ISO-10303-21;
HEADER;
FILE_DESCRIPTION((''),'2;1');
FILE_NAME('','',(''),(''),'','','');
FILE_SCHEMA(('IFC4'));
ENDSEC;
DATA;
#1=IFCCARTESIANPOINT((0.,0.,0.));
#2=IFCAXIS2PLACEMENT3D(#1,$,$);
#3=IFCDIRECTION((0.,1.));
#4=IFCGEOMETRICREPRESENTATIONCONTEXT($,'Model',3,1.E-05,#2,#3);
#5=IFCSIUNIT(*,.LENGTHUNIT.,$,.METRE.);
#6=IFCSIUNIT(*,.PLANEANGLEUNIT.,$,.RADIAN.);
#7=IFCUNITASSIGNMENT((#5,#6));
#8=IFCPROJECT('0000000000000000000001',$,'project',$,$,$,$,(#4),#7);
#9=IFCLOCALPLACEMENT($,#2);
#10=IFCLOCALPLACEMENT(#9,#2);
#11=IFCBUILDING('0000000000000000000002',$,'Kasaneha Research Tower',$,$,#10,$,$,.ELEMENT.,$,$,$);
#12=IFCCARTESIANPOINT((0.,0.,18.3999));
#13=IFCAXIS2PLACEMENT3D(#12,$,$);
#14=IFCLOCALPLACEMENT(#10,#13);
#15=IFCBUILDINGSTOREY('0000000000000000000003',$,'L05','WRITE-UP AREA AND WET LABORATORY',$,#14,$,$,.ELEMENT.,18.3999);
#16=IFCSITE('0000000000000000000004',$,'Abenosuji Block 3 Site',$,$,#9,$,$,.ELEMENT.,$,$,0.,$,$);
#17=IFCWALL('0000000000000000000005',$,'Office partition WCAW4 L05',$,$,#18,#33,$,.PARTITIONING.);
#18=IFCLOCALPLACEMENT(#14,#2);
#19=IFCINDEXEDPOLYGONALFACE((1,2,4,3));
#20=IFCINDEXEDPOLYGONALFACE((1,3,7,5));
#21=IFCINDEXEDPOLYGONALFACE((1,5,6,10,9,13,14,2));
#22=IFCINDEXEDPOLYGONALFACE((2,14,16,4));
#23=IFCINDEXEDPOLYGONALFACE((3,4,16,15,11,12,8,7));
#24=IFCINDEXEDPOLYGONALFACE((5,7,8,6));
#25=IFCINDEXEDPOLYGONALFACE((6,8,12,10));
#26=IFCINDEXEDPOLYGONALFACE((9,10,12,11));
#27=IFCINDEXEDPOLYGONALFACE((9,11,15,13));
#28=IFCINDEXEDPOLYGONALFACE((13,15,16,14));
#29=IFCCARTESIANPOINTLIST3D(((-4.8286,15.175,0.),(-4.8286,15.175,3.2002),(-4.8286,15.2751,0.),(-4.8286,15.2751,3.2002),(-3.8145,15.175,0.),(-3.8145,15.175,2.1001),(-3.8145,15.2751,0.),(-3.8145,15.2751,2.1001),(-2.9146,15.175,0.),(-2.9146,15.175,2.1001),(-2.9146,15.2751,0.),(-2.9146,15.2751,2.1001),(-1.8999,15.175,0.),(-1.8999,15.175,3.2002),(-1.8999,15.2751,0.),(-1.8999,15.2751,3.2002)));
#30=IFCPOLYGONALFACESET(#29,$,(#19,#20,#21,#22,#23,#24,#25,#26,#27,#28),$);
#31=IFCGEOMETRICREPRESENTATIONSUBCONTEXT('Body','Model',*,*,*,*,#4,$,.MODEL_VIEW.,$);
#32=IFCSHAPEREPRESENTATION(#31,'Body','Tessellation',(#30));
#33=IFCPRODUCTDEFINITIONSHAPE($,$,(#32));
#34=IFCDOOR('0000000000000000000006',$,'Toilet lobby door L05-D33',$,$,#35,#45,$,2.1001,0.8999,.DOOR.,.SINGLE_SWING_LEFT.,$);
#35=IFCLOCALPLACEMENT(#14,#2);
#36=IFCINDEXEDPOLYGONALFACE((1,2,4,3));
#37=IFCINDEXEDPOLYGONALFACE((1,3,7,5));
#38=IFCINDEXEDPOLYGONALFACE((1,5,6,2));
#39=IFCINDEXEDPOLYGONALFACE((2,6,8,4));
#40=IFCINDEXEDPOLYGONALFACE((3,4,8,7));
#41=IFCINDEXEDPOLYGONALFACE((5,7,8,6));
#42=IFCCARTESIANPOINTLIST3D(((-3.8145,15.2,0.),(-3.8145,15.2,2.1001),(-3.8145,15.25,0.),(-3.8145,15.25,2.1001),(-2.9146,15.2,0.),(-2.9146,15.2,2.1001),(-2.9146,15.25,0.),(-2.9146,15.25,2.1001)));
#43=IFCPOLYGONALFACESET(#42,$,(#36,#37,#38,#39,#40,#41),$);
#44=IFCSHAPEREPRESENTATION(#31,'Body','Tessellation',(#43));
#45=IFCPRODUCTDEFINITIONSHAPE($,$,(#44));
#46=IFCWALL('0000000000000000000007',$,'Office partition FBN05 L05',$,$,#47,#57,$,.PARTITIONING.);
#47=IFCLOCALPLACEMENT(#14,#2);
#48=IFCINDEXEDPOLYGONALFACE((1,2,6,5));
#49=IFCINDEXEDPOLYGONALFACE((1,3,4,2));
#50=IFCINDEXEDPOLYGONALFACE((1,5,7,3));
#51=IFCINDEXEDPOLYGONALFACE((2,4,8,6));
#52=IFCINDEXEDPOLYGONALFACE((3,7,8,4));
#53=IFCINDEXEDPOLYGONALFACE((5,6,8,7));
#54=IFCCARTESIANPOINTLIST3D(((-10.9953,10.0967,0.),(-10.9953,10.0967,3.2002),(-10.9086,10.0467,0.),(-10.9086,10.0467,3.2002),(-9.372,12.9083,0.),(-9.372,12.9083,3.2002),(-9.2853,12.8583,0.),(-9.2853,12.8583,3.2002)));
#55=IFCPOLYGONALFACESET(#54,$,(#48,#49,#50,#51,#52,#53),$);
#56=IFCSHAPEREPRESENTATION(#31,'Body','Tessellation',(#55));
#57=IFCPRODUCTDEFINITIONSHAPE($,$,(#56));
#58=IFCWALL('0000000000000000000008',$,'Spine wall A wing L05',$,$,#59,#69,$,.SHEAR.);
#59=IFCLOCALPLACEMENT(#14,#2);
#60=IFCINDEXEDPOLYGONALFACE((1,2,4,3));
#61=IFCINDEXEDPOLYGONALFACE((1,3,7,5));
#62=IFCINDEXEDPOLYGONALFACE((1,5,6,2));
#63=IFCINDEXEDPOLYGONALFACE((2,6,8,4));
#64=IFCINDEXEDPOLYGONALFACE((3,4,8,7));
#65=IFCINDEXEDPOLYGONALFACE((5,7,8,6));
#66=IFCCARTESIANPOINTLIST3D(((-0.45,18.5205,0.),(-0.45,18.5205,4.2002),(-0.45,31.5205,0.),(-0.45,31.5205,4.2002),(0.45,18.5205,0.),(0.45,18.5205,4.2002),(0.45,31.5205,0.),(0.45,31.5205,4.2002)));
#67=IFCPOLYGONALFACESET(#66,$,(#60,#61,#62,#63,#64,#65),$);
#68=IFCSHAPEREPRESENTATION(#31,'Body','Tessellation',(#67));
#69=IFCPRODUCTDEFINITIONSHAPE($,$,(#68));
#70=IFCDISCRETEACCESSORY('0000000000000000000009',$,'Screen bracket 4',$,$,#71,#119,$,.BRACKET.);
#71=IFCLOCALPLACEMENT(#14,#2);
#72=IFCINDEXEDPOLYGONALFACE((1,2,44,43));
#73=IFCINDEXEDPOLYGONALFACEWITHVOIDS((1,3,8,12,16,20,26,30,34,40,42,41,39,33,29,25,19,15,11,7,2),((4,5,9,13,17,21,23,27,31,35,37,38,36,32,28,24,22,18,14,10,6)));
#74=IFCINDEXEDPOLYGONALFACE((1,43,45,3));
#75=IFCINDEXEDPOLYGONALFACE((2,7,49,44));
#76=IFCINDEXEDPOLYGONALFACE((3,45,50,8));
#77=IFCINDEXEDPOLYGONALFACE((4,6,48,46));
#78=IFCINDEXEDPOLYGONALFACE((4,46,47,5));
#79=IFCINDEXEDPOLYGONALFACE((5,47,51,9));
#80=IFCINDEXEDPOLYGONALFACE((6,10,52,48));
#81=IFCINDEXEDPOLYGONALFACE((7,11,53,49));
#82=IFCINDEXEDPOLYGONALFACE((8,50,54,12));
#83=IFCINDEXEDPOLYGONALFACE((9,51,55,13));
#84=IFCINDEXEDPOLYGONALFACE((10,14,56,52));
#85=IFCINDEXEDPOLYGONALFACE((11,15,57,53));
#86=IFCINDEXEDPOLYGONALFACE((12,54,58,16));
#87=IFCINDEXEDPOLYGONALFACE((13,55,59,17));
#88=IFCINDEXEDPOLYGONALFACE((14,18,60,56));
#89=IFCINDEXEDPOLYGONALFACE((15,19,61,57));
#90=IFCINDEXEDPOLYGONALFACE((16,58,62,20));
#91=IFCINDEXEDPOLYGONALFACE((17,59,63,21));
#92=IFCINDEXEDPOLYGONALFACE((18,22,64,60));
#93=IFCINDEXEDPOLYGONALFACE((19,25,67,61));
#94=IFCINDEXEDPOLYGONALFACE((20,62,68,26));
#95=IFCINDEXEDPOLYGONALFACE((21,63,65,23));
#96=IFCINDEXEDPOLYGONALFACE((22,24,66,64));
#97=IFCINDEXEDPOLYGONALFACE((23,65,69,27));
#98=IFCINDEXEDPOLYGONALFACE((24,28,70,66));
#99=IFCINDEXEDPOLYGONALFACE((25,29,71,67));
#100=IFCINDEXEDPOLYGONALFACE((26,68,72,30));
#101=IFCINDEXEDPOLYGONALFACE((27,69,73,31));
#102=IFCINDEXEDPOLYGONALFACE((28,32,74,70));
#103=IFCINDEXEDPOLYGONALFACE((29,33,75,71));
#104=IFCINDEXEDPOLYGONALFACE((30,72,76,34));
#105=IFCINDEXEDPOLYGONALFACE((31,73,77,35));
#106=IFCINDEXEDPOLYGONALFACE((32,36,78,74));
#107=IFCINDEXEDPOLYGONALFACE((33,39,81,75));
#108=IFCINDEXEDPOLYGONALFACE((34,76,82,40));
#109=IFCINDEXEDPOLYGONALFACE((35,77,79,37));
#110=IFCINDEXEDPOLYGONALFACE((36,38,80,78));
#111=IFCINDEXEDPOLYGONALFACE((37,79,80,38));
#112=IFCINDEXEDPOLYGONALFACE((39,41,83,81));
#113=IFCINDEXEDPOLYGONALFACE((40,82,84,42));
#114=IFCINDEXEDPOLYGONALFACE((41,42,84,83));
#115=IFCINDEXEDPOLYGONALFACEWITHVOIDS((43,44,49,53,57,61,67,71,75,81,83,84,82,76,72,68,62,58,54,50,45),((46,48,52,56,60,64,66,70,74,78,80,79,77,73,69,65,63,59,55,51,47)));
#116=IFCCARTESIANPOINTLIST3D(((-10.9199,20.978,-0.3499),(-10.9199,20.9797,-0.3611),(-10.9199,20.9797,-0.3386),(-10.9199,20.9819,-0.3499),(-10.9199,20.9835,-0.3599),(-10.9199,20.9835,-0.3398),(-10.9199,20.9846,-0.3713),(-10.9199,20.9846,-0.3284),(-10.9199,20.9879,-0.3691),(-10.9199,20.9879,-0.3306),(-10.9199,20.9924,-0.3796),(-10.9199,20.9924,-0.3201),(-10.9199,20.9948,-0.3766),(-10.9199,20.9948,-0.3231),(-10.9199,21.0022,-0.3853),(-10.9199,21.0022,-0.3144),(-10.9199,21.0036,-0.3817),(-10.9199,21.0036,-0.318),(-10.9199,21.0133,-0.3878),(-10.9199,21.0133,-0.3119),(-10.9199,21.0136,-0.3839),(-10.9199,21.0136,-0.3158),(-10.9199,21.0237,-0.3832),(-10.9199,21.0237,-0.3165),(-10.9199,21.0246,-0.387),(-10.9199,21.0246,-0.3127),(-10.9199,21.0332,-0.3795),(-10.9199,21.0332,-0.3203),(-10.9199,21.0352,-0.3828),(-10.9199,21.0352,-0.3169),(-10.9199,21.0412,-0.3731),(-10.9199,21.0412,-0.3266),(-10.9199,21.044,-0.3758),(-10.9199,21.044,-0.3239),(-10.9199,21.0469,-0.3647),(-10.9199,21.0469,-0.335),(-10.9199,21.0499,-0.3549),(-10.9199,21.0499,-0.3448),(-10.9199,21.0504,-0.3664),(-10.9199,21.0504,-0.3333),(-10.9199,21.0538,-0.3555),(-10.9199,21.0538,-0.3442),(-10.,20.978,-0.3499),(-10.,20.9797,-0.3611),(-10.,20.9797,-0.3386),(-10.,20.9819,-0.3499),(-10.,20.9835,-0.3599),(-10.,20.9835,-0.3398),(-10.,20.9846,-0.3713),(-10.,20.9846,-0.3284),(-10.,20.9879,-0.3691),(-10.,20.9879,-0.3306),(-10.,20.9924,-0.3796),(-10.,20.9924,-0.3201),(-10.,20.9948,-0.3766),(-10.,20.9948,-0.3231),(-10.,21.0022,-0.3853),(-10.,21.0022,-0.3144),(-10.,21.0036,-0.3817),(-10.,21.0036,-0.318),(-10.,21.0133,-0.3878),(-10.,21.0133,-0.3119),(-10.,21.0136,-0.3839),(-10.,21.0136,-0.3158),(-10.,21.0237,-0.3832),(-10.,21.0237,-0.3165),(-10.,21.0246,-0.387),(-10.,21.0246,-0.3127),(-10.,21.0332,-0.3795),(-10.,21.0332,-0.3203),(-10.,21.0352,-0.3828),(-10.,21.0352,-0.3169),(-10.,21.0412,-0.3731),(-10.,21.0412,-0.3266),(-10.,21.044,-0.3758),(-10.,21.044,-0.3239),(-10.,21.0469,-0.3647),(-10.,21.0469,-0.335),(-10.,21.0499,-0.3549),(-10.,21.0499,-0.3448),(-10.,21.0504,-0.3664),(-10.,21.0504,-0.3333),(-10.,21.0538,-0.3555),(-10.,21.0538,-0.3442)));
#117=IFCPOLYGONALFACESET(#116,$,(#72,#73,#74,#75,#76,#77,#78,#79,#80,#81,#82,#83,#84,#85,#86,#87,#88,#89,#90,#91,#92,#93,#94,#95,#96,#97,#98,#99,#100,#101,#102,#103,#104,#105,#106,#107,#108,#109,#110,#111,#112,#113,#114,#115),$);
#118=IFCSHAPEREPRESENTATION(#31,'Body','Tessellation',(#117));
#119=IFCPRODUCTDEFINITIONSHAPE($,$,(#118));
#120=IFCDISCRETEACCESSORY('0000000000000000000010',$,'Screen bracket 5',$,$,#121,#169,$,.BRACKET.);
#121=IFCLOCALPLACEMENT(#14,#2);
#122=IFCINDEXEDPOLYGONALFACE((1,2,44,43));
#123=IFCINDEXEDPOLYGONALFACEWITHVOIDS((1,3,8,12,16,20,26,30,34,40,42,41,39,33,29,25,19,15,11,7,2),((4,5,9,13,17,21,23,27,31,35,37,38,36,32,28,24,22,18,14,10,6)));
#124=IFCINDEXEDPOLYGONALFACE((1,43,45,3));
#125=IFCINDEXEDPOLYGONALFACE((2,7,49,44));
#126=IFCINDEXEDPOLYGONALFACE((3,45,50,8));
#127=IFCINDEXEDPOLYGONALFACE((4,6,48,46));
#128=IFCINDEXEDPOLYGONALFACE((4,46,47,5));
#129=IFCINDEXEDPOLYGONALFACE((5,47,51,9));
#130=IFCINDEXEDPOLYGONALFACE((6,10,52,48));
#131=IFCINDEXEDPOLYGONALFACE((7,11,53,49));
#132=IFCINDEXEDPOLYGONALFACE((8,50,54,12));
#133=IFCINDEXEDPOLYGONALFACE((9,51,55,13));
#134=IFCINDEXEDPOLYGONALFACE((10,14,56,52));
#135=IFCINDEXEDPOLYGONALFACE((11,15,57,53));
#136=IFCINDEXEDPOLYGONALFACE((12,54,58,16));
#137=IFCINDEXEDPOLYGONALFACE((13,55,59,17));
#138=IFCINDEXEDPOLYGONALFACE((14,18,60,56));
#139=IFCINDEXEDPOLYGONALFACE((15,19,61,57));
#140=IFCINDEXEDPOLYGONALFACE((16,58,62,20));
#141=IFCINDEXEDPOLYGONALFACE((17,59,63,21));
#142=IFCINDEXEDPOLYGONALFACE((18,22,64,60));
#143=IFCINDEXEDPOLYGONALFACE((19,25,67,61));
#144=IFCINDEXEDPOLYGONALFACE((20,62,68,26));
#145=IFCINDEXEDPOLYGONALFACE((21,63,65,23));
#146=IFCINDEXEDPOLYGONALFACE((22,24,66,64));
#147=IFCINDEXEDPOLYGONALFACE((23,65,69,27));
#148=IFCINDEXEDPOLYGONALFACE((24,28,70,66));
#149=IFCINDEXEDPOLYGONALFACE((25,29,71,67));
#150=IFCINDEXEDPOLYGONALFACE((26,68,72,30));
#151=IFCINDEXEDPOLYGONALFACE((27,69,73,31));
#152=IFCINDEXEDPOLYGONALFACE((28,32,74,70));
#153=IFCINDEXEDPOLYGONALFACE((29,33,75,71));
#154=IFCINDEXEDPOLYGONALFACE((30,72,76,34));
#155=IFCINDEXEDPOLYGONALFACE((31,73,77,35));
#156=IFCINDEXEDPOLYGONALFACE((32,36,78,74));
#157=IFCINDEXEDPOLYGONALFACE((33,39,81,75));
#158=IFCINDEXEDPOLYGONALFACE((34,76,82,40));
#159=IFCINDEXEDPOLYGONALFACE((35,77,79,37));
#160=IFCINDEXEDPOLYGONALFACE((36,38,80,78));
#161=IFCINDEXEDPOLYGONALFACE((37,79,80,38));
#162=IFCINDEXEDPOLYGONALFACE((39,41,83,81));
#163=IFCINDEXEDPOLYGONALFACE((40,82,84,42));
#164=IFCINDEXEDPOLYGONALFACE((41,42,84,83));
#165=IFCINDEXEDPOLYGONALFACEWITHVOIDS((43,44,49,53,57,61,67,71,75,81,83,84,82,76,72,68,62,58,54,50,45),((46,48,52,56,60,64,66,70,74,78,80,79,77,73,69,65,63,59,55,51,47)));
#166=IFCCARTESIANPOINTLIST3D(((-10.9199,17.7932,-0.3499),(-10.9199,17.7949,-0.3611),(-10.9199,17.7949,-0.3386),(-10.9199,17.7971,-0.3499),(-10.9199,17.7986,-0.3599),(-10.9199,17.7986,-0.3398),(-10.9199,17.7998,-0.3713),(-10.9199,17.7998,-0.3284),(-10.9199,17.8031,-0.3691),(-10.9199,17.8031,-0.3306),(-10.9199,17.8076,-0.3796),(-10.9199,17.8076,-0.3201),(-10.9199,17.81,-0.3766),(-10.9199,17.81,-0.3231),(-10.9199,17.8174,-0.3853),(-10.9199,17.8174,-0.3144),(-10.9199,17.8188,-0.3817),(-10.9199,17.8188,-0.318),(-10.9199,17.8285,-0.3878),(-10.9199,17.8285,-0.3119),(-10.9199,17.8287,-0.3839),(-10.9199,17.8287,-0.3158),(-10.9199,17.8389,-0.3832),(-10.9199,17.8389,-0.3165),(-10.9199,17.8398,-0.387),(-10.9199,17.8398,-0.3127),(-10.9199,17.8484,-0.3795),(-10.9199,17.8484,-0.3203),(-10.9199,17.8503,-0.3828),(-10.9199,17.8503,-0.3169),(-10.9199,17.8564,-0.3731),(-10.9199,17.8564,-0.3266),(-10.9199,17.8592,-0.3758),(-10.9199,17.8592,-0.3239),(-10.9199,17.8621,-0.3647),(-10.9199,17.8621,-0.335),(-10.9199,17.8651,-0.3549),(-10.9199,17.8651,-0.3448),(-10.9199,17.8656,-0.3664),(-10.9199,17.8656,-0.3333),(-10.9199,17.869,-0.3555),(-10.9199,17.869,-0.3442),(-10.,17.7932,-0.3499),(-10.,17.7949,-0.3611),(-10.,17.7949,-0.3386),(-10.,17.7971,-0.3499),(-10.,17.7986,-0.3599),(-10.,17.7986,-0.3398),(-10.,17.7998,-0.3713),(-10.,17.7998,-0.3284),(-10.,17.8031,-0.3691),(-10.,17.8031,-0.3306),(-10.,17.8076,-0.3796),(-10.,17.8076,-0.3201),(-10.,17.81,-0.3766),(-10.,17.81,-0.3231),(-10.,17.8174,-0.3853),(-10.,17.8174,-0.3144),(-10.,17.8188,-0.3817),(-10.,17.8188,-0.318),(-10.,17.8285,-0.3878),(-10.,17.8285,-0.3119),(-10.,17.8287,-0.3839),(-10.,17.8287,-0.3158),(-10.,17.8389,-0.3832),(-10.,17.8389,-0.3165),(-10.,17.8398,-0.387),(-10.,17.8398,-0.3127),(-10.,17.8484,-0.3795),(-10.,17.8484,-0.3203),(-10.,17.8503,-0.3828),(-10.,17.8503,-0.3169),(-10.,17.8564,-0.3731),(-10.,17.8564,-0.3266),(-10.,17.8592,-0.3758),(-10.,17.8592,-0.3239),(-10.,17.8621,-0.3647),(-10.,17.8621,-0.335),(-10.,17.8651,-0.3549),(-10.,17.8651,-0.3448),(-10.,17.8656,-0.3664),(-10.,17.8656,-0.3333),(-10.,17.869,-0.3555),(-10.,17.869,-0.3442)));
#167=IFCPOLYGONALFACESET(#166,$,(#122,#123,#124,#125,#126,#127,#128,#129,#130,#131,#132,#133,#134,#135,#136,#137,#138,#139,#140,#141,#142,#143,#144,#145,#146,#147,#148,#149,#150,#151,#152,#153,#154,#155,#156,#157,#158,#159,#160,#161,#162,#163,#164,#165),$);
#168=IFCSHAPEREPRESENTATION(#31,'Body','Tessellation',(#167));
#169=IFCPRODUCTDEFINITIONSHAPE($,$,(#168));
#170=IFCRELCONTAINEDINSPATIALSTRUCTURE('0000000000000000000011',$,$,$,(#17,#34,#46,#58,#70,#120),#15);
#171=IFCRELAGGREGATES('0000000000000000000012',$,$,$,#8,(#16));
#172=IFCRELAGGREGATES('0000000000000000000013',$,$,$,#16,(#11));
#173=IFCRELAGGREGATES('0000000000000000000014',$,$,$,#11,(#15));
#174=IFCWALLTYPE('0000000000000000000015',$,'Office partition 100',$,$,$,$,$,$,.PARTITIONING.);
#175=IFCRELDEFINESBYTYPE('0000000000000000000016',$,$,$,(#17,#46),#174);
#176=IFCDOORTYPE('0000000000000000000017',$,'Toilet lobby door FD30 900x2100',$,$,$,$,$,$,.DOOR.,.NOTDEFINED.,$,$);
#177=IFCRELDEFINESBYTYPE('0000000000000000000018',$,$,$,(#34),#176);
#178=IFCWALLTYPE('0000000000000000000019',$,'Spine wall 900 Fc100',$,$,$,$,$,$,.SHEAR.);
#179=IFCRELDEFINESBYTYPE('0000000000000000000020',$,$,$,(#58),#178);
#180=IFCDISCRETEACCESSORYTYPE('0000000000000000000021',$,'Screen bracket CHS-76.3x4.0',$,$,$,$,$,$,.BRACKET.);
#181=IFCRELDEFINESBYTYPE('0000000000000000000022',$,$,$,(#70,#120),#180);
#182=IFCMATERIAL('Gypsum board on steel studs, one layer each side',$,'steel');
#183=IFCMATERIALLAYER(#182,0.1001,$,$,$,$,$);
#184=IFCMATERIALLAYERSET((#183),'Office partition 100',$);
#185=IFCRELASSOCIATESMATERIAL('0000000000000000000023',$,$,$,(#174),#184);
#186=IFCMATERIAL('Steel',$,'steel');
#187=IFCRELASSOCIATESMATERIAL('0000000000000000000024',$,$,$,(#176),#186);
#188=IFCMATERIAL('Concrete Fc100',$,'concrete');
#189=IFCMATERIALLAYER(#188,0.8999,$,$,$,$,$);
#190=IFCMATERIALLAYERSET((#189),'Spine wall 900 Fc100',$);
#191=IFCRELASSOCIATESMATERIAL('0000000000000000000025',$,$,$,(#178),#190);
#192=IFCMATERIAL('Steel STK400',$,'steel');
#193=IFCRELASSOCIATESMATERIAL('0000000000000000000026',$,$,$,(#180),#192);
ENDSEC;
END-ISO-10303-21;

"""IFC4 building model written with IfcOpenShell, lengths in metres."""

from ifc_helpers import new_model, si_unit, direction, frame, frame_2d, origin, origin_2d, place, context, subcontext, project, spatial, rectangle, hollow_circle, extrude, material, layer, layer_set, material_profile, profile_set, type_object, element, fill, save


model = new_model("IFC4")

# Units and contexts
model_context = context("Model", 3, precision=1e-05, world=origin(), true_north=direction((0.0, 1.0)))
body_context = subcontext(model_context, "Body", "Model", "MODEL_VIEW")
ifc_project = project(units=[si_unit("LENGTHUNIT", "METRE"), si_unit("PLANEANGLEUNIT", "RADIAN")], contexts=[model_context])

# Site, building, storey
site_placement = place(None, origin())
site = spatial("IfcSite", under=ifc_project, at=site_placement, Name="Abenosuji Block 3 Site", CompositionType="ELEMENT", RefElevation=0.0)
building_placement = place(site_placement, origin())
building = spatial("IfcBuilding", under=site, at=building_placement, Name="Kasaneha Research Tower", CompositionType="ELEMENT")
storey_placement = place(building_placement, frame((0.0, 0.0, 18.3999)))
storey = spatial("IfcBuildingStorey", under=building, at=storey_placement, Name="L05", Description="WRITE-UP AREA AND WET LABORATORY", CompositionType="ELEMENT", Elevation=18.3999)

# Wall, opening, door
ifc_material_1 = material(Name="Gypsum board on steel studs, one layer each side", Category="steel")
ifc_layer_1 = layer(ifc_material_1, 0.1001)
ifc_layer_set_1 = layer_set([ifc_layer_1], Name="Office partition 100")
wall_type_1 = type_object("IfcWallType", Name="Office partition 100", PredefinedType="PARTITIONING", material=ifc_layer_set_1)
ifc_material_2 = material(Name="Steel", Category="steel")
door_type_1 = type_object("IfcDoorType", Name="Toilet lobby door FD30 900x2100", OperationType="NOTDEFINED", PredefinedType="DOOR", material=ifc_material_2)
wall_1_placement = place(storey_placement, frame((-4.8286, 15.2251, 0.0), z_axis=(0.0, 0.0, 1.0), x_axis=(1.0, 0.0, 0.0)))
wall_1 = element("IfcWall", 1, at=wall_1_placement, inside=storey, type_object=wall_type_1, Name="Office partition WCAW4 L05", PredefinedType="PARTITIONING", context=body_context, shape_type="SweptSolid", body=[
    extrude(rectangle(XDim=2.9287, YDim=0.1001, at=frame_2d((1.4644, 0.0))), origin(), (0.0, 0.0, 1.0), 3.2002),
])
opening_1_placement = place(wall_1_placement, frame((1.0142, 0.0, 0.0)))
opening_1 = element("IfcOpeningElement", 2, at=opening_1_placement, cuts=wall_1, PredefinedType="OPENING", context=body_context, shape_type="SweptSolid", body=[
    extrude(rectangle(XDim=0.8999, YDim=2.1001, at=frame_2d((0.45, 1.05))), frame((0.0, 0.0601, 0.0), z_axis=(0.0, -1.0, 0.0), x_axis=(1.0, 0.0, 0.0)), (0.0, 0.0, 1.0), 0.1201),
])
door_1_placement = place(opening_1_placement, origin())
door_1 = element("IfcDoor", 3, at=door_1_placement, inside=storey, type_object=door_type_1, Name="Toilet lobby door L05-D33", OperationType="SINGLE_SWING_LEFT", OverallHeight=2.1001, OverallWidth=0.8999, PredefinedType="DOOR", context=body_context, shape_type="SweptSolid", body=[
    extrude(rectangle(XDim=0.8999, YDim=2.1001, at=frame_2d((0.45, 1.05))), frame((0.0, 0.0249, 0.0), z_axis=(0.0, -1.0, 0.0), x_axis=(1.0, 0.0, 0.0)), (0.0, 0.0, 1.0), 0.05),
])
fill(opening_1, door_1)

# Walls
wall_2_placement = place(storey_placement, frame((-9.3286, 12.8833, 0.0), z_axis=(0.0, 0.0, 1.0), x_axis=(-0.500013, -0.866018, 0.0)))
element("IfcWall", 4, at=wall_2_placement, inside=storey, type_object=wall_type_1, Name="Office partition FBN05 L05", PredefinedType="PARTITIONING", context=body_context, shape_type="SweptSolid", body=[
    extrude(rectangle(XDim=3.2466, YDim=0.1001, at=frame_2d((1.6233, 0.0))), origin(), (0.0, 0.0, 1.0), 3.2002),
])
ifc_material_3 = material(Name="Concrete Fc100", Category="concrete")
ifc_layer_2 = layer(ifc_material_3, 0.8999)
ifc_layer_set_2 = layer_set([ifc_layer_2], Name="Spine wall 900 Fc100")
wall_type_2 = type_object("IfcWallType", Name="Spine wall 900 Fc100", PredefinedType="SHEAR", material=ifc_layer_set_2)
wall_3_placement = place(storey_placement, frame((0.0, 18.5205, 0.0), z_axis=(0.0, 0.0, 1.0), x_axis=(0.0, 1.0, 0.0)))
element("IfcWall", 5, at=wall_3_placement, inside=storey, type_object=wall_type_2, Name="Spine wall A wing L05", PredefinedType="SHEAR", context=body_context, shape_type="SweptSolid", body=[
    extrude(rectangle(XDim=13.0, YDim=0.8999, at=frame_2d((6.5, 0.0))), origin(), (0.0, 0.0, 1.0), 4.2002),
])

# Discrete accessories
ifc_material_4 = material(Name="Steel STK400", Category="steel")
ifc_material_profile_1 = material_profile(ifc_material_4, hollow_circle(Radius=0.0381, WallThickness=0.0039, at=origin_2d()), Name="CHS-76.3x4.0")
ifc_profile_set_1 = profile_set([ifc_material_profile_1], Name="Steel STK400")
discrete_accessory_type = type_object("IfcDiscreteAccessoryType", Name="Screen bracket CHS-76.3x4.0", PredefinedType="BRACKET", material=ifc_profile_set_1)
for number, where, z_axis, x_axis, name in (
    (6, (-10.0, 21.0161, -0.3499), (-1.0, 0.0, 0.0), (0.0, -1.0, 0.0), "Screen bracket 4"),
    (7, (-10.0, 17.8313, -0.3499), (-1.0, 0.0, 0.0), (0.0, -1.0, 0.0), "Screen bracket 5"),
):
    element("IfcDiscreteAccessory", number, at=place(storey_placement, frame(where, z_axis=z_axis, x_axis=x_axis)), inside=storey, type_object=discrete_accessory_type, Name=name, PredefinedType="BRACKET", context=body_context, shape_type="SweptSolid", body=[
        extrude(hollow_circle(Radius=0.0381, WallThickness=0.0039, at=origin_2d()), origin(), (0.0, 0.0, 1.0), 0.9199),
    ])

save(model, "model.ifc")
